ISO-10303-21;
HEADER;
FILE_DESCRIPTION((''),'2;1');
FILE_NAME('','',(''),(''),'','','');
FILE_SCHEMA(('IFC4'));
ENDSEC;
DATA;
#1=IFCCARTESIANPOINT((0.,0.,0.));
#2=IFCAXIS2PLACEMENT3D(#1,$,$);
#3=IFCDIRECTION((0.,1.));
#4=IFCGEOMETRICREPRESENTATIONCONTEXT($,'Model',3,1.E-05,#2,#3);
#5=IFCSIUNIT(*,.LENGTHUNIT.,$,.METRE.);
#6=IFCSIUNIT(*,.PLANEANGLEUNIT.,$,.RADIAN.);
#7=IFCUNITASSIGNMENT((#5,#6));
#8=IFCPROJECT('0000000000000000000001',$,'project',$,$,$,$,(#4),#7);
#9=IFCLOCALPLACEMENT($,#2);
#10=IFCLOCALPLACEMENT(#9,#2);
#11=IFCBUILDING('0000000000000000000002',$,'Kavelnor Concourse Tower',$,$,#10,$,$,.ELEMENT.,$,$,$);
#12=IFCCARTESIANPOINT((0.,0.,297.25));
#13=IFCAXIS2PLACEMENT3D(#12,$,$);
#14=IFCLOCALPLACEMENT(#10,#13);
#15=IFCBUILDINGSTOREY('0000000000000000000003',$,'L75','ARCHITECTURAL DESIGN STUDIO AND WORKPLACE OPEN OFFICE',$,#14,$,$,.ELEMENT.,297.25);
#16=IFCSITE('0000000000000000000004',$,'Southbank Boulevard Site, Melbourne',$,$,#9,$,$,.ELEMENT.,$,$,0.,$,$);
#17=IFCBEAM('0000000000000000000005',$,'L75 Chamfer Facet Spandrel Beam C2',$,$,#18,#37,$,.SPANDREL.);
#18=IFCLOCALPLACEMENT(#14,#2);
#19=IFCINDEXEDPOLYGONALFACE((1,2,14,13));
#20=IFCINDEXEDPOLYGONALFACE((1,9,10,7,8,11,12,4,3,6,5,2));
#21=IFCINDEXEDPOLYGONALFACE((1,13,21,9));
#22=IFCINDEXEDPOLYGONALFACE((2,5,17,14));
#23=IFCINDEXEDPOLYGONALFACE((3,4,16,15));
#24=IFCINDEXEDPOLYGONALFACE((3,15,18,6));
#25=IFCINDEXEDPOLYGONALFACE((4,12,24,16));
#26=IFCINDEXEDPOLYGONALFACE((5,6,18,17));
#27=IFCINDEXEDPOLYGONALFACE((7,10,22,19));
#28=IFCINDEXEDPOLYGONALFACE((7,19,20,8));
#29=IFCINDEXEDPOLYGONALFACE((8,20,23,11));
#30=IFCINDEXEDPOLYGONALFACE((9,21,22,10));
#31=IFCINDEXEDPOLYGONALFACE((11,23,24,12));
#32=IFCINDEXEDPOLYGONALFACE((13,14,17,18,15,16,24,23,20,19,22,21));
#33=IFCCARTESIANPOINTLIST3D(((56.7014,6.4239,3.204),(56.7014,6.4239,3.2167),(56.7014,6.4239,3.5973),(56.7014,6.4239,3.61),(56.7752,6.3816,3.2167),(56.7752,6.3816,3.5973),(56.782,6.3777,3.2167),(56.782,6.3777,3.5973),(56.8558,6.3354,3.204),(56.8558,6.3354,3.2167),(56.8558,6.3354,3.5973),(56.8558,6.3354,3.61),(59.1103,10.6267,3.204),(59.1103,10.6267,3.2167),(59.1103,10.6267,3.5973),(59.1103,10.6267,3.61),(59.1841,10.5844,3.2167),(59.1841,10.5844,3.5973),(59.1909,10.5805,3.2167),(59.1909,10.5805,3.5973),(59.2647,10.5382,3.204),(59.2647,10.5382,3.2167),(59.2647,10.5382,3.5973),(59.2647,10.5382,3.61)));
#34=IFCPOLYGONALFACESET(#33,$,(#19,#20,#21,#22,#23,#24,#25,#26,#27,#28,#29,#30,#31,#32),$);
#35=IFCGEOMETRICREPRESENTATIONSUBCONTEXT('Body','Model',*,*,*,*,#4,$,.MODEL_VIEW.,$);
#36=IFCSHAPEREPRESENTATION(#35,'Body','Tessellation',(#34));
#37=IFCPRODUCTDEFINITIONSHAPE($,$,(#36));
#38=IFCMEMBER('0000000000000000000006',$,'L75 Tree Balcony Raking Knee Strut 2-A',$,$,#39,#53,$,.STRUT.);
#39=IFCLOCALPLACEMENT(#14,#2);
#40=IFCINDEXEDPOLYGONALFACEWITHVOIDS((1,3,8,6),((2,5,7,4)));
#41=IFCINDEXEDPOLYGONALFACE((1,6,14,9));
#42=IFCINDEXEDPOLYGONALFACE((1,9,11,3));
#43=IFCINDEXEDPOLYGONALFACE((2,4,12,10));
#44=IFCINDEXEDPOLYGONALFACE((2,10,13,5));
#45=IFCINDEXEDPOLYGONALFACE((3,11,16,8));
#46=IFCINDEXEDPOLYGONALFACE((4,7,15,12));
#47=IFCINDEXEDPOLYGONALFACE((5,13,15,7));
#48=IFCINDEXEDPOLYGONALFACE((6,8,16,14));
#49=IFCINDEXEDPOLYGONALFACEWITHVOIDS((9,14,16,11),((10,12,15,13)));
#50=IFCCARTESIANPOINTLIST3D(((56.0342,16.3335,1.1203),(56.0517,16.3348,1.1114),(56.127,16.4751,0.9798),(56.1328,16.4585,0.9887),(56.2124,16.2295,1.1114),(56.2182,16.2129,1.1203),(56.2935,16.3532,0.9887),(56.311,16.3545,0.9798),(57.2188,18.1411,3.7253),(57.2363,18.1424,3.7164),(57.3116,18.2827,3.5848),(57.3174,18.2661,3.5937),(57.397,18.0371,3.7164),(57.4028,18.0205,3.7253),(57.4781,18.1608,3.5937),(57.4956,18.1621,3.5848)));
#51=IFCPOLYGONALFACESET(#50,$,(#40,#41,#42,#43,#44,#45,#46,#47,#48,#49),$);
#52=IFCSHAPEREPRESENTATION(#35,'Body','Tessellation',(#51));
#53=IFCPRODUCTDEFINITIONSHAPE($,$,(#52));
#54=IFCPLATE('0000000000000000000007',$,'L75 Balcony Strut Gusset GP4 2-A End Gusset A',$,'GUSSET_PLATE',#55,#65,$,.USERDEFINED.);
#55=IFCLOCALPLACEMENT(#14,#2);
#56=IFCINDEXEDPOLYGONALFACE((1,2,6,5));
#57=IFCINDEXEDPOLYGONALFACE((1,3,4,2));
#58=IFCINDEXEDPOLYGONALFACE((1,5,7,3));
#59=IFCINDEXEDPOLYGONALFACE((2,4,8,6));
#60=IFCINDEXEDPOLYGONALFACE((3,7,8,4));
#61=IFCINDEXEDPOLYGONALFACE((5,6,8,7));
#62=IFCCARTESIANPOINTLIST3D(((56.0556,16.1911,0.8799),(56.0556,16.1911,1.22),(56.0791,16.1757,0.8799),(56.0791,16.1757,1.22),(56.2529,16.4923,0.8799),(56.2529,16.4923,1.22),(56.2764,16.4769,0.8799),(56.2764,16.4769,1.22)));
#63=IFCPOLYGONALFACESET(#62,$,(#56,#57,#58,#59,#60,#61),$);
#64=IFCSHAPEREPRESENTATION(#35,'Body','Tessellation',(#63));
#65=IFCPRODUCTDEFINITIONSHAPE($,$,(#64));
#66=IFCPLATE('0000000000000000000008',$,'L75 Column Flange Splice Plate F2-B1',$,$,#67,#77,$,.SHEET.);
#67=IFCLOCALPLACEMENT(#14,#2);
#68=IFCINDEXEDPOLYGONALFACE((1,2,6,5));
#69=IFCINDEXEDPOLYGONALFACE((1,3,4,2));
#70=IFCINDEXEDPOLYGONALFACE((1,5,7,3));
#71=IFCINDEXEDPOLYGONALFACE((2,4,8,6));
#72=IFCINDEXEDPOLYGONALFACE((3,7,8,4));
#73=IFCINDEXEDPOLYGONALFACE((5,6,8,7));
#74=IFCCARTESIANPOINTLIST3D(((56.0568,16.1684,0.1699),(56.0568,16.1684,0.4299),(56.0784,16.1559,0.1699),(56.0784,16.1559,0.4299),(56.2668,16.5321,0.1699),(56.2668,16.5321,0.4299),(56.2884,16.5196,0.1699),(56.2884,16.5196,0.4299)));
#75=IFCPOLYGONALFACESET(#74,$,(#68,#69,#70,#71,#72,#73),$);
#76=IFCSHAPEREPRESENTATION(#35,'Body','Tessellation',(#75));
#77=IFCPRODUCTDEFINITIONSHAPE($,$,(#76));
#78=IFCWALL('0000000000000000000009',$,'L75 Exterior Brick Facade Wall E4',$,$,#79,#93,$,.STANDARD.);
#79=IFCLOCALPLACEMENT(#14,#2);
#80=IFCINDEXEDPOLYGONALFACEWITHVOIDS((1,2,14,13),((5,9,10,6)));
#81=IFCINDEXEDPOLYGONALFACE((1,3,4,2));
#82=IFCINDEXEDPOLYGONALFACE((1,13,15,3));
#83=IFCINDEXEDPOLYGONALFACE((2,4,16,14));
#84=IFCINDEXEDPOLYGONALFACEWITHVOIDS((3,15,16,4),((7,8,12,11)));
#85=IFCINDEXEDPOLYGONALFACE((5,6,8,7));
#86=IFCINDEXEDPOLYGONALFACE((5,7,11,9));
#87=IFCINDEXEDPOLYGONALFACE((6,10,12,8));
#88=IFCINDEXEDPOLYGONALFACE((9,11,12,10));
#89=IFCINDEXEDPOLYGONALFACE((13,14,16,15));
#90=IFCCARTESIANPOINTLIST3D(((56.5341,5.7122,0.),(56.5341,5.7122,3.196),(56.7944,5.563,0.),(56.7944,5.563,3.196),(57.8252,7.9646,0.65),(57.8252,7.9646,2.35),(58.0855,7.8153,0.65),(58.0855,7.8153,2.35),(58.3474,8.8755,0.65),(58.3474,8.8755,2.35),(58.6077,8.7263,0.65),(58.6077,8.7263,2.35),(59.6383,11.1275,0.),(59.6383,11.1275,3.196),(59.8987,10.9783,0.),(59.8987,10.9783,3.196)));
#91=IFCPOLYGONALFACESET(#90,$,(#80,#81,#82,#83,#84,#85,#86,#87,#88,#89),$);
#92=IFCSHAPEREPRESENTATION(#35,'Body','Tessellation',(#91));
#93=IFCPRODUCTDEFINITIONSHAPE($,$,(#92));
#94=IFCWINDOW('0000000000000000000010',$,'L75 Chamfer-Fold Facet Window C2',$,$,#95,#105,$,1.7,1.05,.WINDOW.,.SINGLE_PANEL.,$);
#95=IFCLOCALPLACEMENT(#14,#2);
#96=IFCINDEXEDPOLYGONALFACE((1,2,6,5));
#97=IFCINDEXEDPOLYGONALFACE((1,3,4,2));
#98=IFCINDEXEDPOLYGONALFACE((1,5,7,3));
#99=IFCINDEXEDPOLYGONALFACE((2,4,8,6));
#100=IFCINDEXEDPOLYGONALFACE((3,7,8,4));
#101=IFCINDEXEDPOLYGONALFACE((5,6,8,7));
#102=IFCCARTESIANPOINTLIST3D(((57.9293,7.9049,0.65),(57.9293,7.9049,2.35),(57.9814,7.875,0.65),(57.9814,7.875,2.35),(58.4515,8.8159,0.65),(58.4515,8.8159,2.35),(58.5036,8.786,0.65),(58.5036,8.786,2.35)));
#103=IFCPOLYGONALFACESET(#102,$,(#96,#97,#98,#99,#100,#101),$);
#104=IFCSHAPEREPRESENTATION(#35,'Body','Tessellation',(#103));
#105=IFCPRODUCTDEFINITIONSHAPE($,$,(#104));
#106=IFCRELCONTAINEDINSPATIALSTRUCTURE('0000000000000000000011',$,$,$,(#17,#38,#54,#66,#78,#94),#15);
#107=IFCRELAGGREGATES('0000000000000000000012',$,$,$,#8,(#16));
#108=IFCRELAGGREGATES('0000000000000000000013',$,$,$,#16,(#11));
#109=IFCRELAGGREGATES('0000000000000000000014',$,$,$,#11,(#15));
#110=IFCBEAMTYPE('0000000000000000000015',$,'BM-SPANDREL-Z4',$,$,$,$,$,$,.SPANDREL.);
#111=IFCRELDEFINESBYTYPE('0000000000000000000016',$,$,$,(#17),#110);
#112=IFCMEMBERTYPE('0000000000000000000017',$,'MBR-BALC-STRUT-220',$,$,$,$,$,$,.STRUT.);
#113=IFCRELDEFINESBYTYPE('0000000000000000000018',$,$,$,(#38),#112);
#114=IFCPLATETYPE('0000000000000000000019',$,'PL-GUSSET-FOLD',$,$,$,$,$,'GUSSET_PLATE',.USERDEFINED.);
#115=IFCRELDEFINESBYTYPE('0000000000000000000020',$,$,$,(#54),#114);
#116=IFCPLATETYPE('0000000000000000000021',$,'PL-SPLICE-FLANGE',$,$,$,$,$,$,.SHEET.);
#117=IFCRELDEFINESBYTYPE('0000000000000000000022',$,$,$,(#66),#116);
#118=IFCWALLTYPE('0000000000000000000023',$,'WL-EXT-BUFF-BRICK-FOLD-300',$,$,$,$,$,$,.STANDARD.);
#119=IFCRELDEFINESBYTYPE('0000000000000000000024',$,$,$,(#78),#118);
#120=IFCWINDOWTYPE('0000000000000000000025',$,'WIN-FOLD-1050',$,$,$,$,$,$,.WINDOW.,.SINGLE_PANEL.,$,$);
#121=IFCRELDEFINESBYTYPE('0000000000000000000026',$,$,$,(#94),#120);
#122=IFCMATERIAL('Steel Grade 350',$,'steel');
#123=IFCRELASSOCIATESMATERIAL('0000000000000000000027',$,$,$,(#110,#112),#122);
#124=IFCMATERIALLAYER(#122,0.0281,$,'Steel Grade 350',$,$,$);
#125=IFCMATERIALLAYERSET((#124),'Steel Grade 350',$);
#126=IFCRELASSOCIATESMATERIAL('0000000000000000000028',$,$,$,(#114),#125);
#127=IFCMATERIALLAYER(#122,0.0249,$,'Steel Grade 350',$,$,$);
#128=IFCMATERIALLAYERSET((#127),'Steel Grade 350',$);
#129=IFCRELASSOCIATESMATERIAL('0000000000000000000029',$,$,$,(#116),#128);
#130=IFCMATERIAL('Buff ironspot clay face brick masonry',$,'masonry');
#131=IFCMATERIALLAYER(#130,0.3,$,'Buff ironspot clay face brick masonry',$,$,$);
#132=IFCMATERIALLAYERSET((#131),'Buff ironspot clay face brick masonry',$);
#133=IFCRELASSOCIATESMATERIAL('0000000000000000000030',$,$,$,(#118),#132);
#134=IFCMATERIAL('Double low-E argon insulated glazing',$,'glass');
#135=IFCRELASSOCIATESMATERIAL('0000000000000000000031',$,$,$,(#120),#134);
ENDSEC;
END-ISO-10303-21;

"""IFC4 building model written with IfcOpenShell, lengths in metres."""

from ifc_helpers import new_model, si_unit, direction, frame, frame_2d, origin, origin_2d, place, context, subcontext, project, spatial, rectangle, hollow_rectangle, i_section, extrude, material, layer, layer_set, material_profile, profile_set, type_object, element, fill, save


model = new_model("IFC4")

# Units and contexts
model_context = context("Model", 3, precision=1e-05, world=origin(), true_north=direction((0.0, 1.0)))
body_context = subcontext(model_context, "Body", "Model", "MODEL_VIEW")
ifc_project = project(units=[si_unit("LENGTHUNIT", "METRE"), si_unit("PLANEANGLEUNIT", "RADIAN")], contexts=[model_context])

# Site, building, storey
site_placement = place(None, origin())
site = spatial("IfcSite", under=ifc_project, at=site_placement, Name="Southbank Boulevard Site, Melbourne", CompositionType="ELEMENT", RefElevation=0.0)
building_placement = place(site_placement, origin())
building = spatial("IfcBuilding", under=site, at=building_placement, Name="Kavelnor Concourse Tower", CompositionType="ELEMENT")
storey_placement = place(building_placement, frame((0.0, 0.0, 297.25)))
storey = spatial("IfcBuildingStorey", under=building, at=storey_placement, Name="L75", Description="ARCHITECTURAL DESIGN STUDIO AND WORKPLACE OPEN OFFICE", CompositionType="ELEMENT", Elevation=297.25)

# Shared definitions
ifc_material_1 = material(Name="Steel Grade 350", Category="steel")

# Beam
ifc_material_profile_1 = material_profile(ifc_material_1, i_section(OverallWidth=0.178, OverallDepth=0.406, WebThickness=0.0078, FlangeThickness=0.0127, at=origin_2d()), Name="410UB59")
ifc_profile_set_1 = profile_set([ifc_material_profile_1], Name="Steel Grade 350")
beam_type_1 = type_object("IfcBeamType", Name="BM-SPANDREL-Z4", PredefinedType="SPANDREL", material=ifc_profile_set_1)
beam_1_placement = place(storey_placement, frame((56.7786, 6.3796, 3.407), z_axis=(0.497273, 0.867594, 0.0), x_axis=(-0.867594, 0.497273, 0.0)))
element("IfcBeam", 1, at=beam_1_placement, inside=storey, type_object=beam_type_1, Name="L75 Chamfer Facet Spandrel Beam C2", PredefinedType="SPANDREL", context=body_context, shape_type="SweptSolid", body=[
    extrude(i_section(OverallWidth=0.178, OverallDepth=0.406, WebThickness=0.0078, FlangeThickness=0.0127, at=origin_2d()), origin(), (0.0, 0.0, 1.0), 4.8442),
])

# Member
ifc_material_profile_2 = material_profile(ifc_material_1, hollow_rectangle(XDim=0.22, YDim=0.22, WallThickness=0.0139, at=origin_2d()), Name="SHS 220x220x14")
ifc_profile_set_2 = profile_set([ifc_material_profile_2], Name="Steel Grade 350")
member_type = type_object("IfcMemberType", Name="MBR-BALC-STRUT-220", PredefinedType="STRUT", material=ifc_profile_set_2)
member_placement = place(storey_placement, frame((56.1726, 16.344, 1.05), z_axis=(0.349972, 0.534046, 0.76962), x_axis=(-0.836404, 0.548113, 0.0)))
element("IfcMember", 2, at=member_placement, inside=storey, type_object=member_type, Name="L75 Tree Balcony Raking Knee Strut 2-A", PredefinedType="STRUT", context=body_context, shape_type="SweptSolid", body=[
    extrude(hollow_rectangle(XDim=0.22, YDim=0.22, WallThickness=0.0139, at=origin_2d()), origin(), (0.0, 0.0, 1.0), 3.3848),
])

# Plates
ifc_layer_1 = layer(ifc_material_1, 0.0281, Name="Steel Grade 350")
ifc_layer_set_1 = layer_set([ifc_layer_1], Name="Steel Grade 350")
plate_type_1 = type_object("IfcPlateType", Name="PL-GUSSET-FOLD", ElementType="GUSSET_PLATE", PredefinedType="USERDEFINED", material=ifc_layer_set_1)
plate_1_placement = place(storey_placement, frame((56.166, 16.334, 0.8799), z_axis=(0.0, 0.0, 1.0), x_axis=(0.548001, 0.836477, 0.0)))
element("IfcPlate", 3, at=plate_1_placement, inside=storey, type_object=plate_type_1, Name="L75 Balcony Strut Gusset GP4 2-A End Gusset A", ObjectType="GUSSET_PLATE", PredefinedType="USERDEFINED", context=body_context, shape_type="SweptSolid", body=[
    extrude(rectangle(XDim=0.3601, YDim=0.0281, at=origin_2d()), origin(), (0.0, 0.0, 1.0), 0.3401),
])
ifc_layer_2 = layer(ifc_material_1, 0.0249, Name="Steel Grade 350")
ifc_layer_set_2 = layer_set([ifc_layer_2], Name="Steel Grade 350")
plate_type_2 = type_object("IfcPlateType", Name="PL-SPLICE-FLANGE", PredefinedType="SHEET", material=ifc_layer_set_2)
plate_2_placement = place(storey_placement, frame((56.1726, 16.344, 0.1699), z_axis=(0.0, 0.0, 1.0), x_axis=(-0.5, -0.866025, 0.0)))
element("IfcPlate", 4, at=plate_2_placement, inside=storey, type_object=plate_type_2, Name="L75 Column Flange Splice Plate F2-B1", PredefinedType="SHEET", context=body_context, shape_type="SweptSolid", body=[
    extrude(rectangle(XDim=0.4199, YDim=0.0249, at=origin_2d()), origin(), (0.0, 0.0, 1.0), 0.26),
])

# Wall, opening, window
ifc_material_2 = material(Name="Buff ironspot clay face brick masonry", Category="masonry")
ifc_layer_3 = layer(ifc_material_2, 0.3, Name="Buff ironspot clay face brick masonry")
ifc_layer_set_3 = layer_set([ifc_layer_3], Name="Buff ironspot clay face brick masonry")
wall_type_1 = type_object("IfcWallType", Name="WL-EXT-BUFF-BRICK-FOLD-300", PredefinedType="STANDARD", material=ifc_layer_set_3)
wall_1_placement = place(storey_placement, frame((59.7686, 11.053, 0.0), z_axis=(0.0, 0.0, 1.0), x_axis=(-0.497322, -0.867566, 0.0)))
wall_1 = element("IfcWall", 5, at=wall_1_placement, inside=storey, type_object=wall_type_1, Name="L75 Exterior Brick Facade Wall E4", PredefinedType="STANDARD", context=body_context, shape_type="SweptSolid", body=[
    extrude(rectangle(XDim=6.2419, YDim=0.3, at=frame_2d((3.1211, 0.0))), origin(), (0.0, 0.0, 1.0), 3.196),
])
opening_1_placement = place(wall_1_placement, frame((2.5959, 0.0, 0.6499)))
opening_1 = element("IfcOpeningElement", 6, at=opening_1_placement, cuts=wall_1, PredefinedType="OPENING", context=body_context, shape_type="SweptSolid", body=[
    extrude(rectangle(XDim=1.05, YDim=1.7, at=frame_2d((0.5249, 0.8501))), frame((0.0, 0.1602, 0.0), z_axis=(0.0, -1.0, 0.0), x_axis=(1.0, 0.0, 0.0)), (0.0, 0.0, 1.0), 0.3201),
])
ifc_material_3 = material(Name="Double low-E argon insulated glazing", Category="glass")
window_type_1 = type_object("IfcWindowType", Name="WIN-FOLD-1050", PartitioningType="SINGLE_PANEL", PredefinedType="WINDOW", material=ifc_material_3)
window_1_placement = place(opening_1_placement, origin())
window_1 = element("IfcWindow", 7, at=window_1_placement, inside=storey, type_object=window_type_1, Name="L75 Chamfer-Fold Facet Window C2", OverallHeight=1.7, OverallWidth=1.05, PartitioningType="SINGLE_PANEL", PredefinedType="WINDOW", context=body_context, shape_type="SweptSolid", body=[
    extrude(rectangle(XDim=1.05, YDim=1.7, at=frame_2d((0.5249, 0.8501))), frame((0.0, 0.03, 0.0), z_axis=(0.0, -1.0, 0.0), x_axis=(1.0, 0.0, 0.0)), (0.0, 0.0, 1.0), 0.0601),
])
fill(opening_1, window_1)

save(model, "model.ifc")
